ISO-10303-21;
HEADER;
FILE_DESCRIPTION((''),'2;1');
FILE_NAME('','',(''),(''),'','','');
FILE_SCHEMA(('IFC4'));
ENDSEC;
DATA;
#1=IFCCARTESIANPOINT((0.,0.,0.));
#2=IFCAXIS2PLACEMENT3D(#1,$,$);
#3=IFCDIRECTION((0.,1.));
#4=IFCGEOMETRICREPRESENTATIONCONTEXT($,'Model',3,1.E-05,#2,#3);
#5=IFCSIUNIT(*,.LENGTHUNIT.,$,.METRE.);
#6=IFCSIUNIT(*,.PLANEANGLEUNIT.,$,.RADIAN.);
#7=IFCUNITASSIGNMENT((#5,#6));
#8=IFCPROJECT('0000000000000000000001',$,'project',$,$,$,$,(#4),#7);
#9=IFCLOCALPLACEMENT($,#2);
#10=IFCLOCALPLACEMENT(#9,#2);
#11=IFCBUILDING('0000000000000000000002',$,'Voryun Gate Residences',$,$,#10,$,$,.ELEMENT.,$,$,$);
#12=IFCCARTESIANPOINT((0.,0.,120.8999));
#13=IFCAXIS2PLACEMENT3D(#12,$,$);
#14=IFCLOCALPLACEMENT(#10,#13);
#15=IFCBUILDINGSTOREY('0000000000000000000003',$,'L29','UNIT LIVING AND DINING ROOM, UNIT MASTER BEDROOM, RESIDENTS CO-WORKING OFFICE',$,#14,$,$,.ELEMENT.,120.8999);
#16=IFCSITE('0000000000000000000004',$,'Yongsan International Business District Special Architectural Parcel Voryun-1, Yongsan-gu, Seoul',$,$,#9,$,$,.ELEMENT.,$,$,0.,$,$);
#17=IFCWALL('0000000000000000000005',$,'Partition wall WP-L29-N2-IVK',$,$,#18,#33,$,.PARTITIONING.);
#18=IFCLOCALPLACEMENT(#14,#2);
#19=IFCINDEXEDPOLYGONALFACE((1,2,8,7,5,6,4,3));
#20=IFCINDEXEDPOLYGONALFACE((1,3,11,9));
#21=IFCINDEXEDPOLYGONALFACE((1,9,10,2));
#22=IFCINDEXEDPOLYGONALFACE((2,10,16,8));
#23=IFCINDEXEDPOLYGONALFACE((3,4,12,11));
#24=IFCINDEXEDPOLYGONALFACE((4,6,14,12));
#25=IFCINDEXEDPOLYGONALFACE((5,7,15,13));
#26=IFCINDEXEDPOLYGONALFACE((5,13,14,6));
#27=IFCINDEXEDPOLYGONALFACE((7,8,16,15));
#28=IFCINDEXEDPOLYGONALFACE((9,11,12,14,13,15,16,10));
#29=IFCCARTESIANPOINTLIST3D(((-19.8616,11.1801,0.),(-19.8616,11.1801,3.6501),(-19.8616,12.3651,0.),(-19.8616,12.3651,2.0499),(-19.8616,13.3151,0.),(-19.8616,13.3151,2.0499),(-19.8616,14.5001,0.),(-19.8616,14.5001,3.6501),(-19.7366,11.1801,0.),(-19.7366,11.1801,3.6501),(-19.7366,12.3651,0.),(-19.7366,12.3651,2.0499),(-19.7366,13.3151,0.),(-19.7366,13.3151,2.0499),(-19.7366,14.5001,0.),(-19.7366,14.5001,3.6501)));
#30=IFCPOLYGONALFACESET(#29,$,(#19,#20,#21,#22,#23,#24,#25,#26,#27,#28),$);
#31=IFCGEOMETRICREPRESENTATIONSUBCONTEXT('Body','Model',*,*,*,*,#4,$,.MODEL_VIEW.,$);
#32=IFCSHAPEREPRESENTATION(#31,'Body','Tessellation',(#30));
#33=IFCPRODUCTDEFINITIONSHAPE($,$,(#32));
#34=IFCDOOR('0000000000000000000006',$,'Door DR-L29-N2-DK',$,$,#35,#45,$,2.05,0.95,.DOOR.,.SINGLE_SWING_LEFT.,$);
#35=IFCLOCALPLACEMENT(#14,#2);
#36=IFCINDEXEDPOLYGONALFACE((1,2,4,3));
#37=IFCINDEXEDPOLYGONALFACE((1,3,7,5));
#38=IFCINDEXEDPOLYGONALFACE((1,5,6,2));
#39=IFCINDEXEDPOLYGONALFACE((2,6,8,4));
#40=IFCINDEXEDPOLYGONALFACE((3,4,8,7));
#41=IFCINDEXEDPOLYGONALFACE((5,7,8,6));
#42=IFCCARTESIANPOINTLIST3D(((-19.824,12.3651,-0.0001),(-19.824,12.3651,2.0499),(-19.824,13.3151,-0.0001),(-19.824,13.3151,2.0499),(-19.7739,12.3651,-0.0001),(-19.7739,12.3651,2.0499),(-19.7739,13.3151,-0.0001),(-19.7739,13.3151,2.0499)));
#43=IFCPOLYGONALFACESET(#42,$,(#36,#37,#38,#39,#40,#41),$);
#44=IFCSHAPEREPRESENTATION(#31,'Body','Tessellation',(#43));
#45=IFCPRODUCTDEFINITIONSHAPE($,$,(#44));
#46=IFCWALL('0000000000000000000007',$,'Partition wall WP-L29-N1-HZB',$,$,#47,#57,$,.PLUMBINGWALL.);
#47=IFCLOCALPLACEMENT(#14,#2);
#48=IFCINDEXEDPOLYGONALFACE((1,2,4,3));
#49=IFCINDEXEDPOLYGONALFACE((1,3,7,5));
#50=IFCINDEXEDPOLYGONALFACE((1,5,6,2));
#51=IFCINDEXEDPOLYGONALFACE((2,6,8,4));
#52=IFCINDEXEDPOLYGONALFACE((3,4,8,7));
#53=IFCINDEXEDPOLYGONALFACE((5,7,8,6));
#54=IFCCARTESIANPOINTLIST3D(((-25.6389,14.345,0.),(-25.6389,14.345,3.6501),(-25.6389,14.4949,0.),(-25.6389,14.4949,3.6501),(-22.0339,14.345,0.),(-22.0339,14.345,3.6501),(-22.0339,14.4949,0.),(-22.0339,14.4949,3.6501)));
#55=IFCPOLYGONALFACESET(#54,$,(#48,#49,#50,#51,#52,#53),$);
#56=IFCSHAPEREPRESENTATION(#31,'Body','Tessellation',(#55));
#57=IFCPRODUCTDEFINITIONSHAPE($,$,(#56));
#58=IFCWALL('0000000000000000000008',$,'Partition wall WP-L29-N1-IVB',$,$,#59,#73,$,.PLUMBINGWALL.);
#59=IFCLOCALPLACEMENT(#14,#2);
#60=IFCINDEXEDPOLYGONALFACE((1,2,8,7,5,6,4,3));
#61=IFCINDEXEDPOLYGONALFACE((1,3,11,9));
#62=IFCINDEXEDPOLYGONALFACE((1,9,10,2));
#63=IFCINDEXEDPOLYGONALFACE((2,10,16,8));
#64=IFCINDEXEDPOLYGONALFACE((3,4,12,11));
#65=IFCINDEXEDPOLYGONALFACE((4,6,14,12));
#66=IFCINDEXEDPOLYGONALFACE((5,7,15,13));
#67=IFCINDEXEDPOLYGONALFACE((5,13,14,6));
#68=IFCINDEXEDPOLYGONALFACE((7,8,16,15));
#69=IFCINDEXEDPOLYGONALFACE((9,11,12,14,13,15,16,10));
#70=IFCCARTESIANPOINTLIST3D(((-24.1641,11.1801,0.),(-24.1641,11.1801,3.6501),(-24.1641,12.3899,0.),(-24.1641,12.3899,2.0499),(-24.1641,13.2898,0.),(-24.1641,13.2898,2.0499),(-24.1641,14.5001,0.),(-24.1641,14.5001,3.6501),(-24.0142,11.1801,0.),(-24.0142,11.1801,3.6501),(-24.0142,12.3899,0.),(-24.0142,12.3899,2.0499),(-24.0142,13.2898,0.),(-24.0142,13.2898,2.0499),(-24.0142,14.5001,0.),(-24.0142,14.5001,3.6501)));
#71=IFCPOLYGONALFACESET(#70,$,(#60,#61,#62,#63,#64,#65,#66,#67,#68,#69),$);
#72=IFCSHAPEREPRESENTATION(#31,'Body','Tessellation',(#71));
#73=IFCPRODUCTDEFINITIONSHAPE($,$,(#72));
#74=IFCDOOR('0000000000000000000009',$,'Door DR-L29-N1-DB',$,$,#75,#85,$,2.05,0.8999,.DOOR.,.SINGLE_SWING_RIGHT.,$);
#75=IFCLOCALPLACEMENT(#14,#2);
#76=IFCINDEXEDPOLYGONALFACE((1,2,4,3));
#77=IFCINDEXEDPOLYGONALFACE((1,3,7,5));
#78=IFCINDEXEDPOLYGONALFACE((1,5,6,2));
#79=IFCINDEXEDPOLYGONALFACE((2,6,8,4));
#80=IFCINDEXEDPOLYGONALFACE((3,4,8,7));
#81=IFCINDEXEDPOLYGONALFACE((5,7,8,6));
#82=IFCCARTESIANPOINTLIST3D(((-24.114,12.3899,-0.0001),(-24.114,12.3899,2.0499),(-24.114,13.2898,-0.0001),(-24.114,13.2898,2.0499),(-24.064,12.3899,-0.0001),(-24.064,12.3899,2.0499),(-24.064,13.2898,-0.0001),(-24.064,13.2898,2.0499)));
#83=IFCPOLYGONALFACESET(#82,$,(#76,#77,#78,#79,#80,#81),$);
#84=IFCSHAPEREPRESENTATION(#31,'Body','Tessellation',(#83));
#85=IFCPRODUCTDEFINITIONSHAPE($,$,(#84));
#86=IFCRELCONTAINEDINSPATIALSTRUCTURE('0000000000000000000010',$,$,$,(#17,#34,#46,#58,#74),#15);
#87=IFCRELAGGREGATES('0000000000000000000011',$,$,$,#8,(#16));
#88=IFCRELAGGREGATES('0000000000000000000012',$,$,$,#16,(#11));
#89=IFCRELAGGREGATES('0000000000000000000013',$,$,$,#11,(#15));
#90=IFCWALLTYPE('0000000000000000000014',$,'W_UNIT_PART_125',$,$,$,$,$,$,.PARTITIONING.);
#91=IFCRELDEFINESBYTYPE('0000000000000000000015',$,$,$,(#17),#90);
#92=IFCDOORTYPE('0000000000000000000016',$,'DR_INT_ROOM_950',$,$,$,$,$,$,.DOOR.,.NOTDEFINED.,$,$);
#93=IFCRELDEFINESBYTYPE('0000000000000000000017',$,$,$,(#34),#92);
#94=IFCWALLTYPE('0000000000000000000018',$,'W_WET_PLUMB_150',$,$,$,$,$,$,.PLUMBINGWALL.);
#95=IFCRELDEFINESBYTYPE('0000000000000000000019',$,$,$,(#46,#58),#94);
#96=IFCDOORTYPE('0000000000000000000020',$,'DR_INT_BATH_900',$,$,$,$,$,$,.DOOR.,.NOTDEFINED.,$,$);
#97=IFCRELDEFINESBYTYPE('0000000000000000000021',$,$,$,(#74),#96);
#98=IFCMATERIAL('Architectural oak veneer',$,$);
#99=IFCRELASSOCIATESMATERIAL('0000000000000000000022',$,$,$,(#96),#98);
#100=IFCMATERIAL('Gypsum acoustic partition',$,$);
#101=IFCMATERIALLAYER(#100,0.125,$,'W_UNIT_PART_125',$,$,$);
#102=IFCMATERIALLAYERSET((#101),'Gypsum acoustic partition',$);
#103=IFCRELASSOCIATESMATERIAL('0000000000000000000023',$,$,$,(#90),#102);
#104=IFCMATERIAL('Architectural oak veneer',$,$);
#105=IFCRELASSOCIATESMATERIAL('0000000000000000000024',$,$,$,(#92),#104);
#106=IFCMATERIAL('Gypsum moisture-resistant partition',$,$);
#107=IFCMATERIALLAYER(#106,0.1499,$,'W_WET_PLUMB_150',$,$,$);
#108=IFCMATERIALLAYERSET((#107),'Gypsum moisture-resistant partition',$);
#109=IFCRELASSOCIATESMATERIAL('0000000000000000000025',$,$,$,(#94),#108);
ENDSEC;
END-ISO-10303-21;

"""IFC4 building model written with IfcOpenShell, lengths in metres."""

from ifc_helpers import new_model, si_unit, direction, frame, frame_2d, origin, place, context, subcontext, project, spatial, rectangle, extrude, material, layer, layer_set, type_object, element, fill, save


model = new_model("IFC4")

# Units and contexts
model_context = context("Model", 3, precision=1e-05, world=origin(), true_north=direction((0.0, 1.0)))
body_context = subcontext(model_context, "Body", "Model", "MODEL_VIEW")
ifc_project = project(units=[si_unit("LENGTHUNIT", "METRE"), si_unit("PLANEANGLEUNIT", "RADIAN")], contexts=[model_context])

# Site, building, storey
site_placement = place(None, origin())
site = spatial("IfcSite", under=ifc_project, at=site_placement, Name="Yongsan International Business District Special Architectural Parcel Voryun-1, Yongsan-gu, Seoul", CompositionType="ELEMENT", RefElevation=0.0)
building_placement = place(site_placement, origin())
building = spatial("IfcBuilding", under=site, at=building_placement, Name="Voryun Gate Residences", CompositionType="ELEMENT")
storey_placement = place(building_placement, frame((0.0, 0.0, 120.8999)))
storey = spatial("IfcBuildingStorey", under=building, at=storey_placement, Name="L29", Description="UNIT LIVING AND DINING ROOM, UNIT MASTER BEDROOM, RESIDENTS CO-WORKING OFFICE", CompositionType="ELEMENT", Elevation=120.8999)

# Shared definitions
ifc_material_1 = material(Name="Architectural oak veneer")
door_type_1 = type_object("IfcDoorType", Name="DR_INT_BATH_900", OperationType="NOTDEFINED", PredefinedType="DOOR", material=ifc_material_1)

# Shared definitions
ifc_material_2 = material(Name="Gypsum acoustic partition")
ifc_layer_1 = layer(ifc_material_2, 0.125, Name="W_UNIT_PART_125")
ifc_layer_set_1 = layer_set([ifc_layer_1], Name="Gypsum acoustic partition")
wall_type_1 = type_object("IfcWallType", Name="W_UNIT_PART_125", PredefinedType="PARTITIONING", material=ifc_layer_set_1)
ifc_material_3 = material(Name="Architectural oak veneer")
door_type_2 = type_object("IfcDoorType", Name="DR_INT_ROOM_950", OperationType="NOTDEFINED", PredefinedType="DOOR", material=ifc_material_3)

# Wall, opening, door
wall_1_placement = place(storey_placement, frame((-19.7991, 11.1799, 0.0), z_axis=(0.0, 0.0, 1.0), x_axis=(0.0, 1.0, 0.0)))
wall_1 = element("IfcWall", 1, at=wall_1_placement, inside=storey, type_object=wall_type_1, Name="Partition wall WP-L29-N2-IVK", PredefinedType="PARTITIONING", context=body_context, shape_type="SweptSolid", body=[
    extrude(rectangle(XDim=3.3201, YDim=0.125, at=frame_2d((1.6602, 0.0))), origin(), (0.0, 0.0, 1.0), 3.6501),
])
opening_1_placement = place(wall_1_placement, frame((1.1851, 0.0, 0.0)))
opening_1 = element("IfcOpeningElement", 2, at=opening_1_placement, cuts=wall_1, PredefinedType="OPENING", context=body_context, shape_type="SweptSolid", body=[
    extrude(rectangle(XDim=0.95, YDim=2.05, at=frame_2d((0.4751, 1.0249))), frame((0.0, 0.0725, 0.0), z_axis=(0.0, -1.0, 0.0), x_axis=(1.0, 0.0, 0.0)), (0.0, 0.0, 1.0), 0.145),
])
door_1_placement = place(opening_1_placement, origin())
door_1 = element("IfcDoor", 3, at=door_1_placement, inside=storey, type_object=door_type_2, Name="Door DR-L29-N2-DK", OperationType="SINGLE_SWING_LEFT", OverallHeight=2.05, OverallWidth=0.95, PredefinedType="DOOR", context=body_context, shape_type="SweptSolid", body=[
    extrude(rectangle(XDim=0.95, YDim=2.05, at=frame_2d((0.4751, 1.0249))), frame((0.0, 0.0249, 0.0), z_axis=(0.0, -1.0, 0.0), x_axis=(1.0, 0.0, 0.0)), (0.0, 0.0, 1.0), 0.05),
])
fill(opening_1, door_1)

# Wall
ifc_material_4 = material(Name="Gypsum moisture-resistant partition")
ifc_layer_2 = layer(ifc_material_4, 0.1499, Name="W_WET_PLUMB_150")
ifc_layer_set_2 = layer_set([ifc_layer_2], Name="Gypsum moisture-resistant partition")
wall_type_2 = type_object("IfcWallType", Name="W_WET_PLUMB_150", PredefinedType="PLUMBINGWALL", material=ifc_layer_set_2)
wall_2_placement = place(storey_placement, frame((-25.6389, 14.4199, 0.0), z_axis=(0.0, 0.0, 1.0), x_axis=(1.0, 0.0, 0.0)))
element("IfcWall", 4, at=wall_2_placement, inside=storey, type_object=wall_type_2, Name="Partition wall WP-L29-N1-HZB", PredefinedType="PLUMBINGWALL", context=body_context, shape_type="SweptSolid", body=[
    extrude(rectangle(XDim=3.605, YDim=0.1499, at=frame_2d((1.8025, 0.0))), origin(), (0.0, 0.0, 1.0), 3.6501),
])

# Wall, opening, door
wall_3_placement = place(storey_placement, frame((-24.0891, 11.1799, 0.0), z_axis=(0.0, 0.0, 1.0), x_axis=(0.0, 1.0, 0.0)))
wall_3 = element("IfcWall", 5, at=wall_3_placement, inside=storey, type_object=wall_type_2, Name="Partition wall WP-L29-N1-IVB", PredefinedType="PLUMBINGWALL", context=body_context, shape_type="SweptSolid", body=[
    extrude(rectangle(XDim=3.3201, YDim=0.1499, at=frame_2d((1.6602, 0.0))), origin(), (0.0, 0.0, 1.0), 3.6501),
])
opening_2_placement = place(wall_3_placement, frame((1.21, 0.0, 0.0)))
opening_2 = element("IfcOpeningElement", 6, at=opening_2_placement, cuts=wall_3, PredefinedType="OPENING", context=body_context, shape_type="SweptSolid", body=[
    extrude(rectangle(XDim=0.8999, YDim=2.05, at=frame_2d((0.45, 1.0249))), frame((0.0, 0.085, 0.0), z_axis=(0.0, -1.0, 0.0), x_axis=(1.0, 0.0, 0.0)), (0.0, 0.0, 1.0), 0.1699),
])
door_2_placement = place(opening_2_placement, origin())
door_2 = element("IfcDoor", 7, at=door_2_placement, inside=storey, type_object=door_type_1, Name="Door DR-L29-N1-DB", OperationType="SINGLE_SWING_RIGHT", OverallHeight=2.05, OverallWidth=0.8999, PredefinedType="DOOR", context=body_context, shape_type="SweptSolid", body=[
    extrude(rectangle(XDim=0.8999, YDim=2.05, at=frame_2d((0.45, 1.0249))), frame((0.0, 0.0249, 0.0), z_axis=(0.0, -1.0, 0.0), x_axis=(1.0, 0.0, 0.0)), (0.0, 0.0, 1.0), 0.05),
])
fill(opening_2, door_2)

save(model, "model.ifc")
